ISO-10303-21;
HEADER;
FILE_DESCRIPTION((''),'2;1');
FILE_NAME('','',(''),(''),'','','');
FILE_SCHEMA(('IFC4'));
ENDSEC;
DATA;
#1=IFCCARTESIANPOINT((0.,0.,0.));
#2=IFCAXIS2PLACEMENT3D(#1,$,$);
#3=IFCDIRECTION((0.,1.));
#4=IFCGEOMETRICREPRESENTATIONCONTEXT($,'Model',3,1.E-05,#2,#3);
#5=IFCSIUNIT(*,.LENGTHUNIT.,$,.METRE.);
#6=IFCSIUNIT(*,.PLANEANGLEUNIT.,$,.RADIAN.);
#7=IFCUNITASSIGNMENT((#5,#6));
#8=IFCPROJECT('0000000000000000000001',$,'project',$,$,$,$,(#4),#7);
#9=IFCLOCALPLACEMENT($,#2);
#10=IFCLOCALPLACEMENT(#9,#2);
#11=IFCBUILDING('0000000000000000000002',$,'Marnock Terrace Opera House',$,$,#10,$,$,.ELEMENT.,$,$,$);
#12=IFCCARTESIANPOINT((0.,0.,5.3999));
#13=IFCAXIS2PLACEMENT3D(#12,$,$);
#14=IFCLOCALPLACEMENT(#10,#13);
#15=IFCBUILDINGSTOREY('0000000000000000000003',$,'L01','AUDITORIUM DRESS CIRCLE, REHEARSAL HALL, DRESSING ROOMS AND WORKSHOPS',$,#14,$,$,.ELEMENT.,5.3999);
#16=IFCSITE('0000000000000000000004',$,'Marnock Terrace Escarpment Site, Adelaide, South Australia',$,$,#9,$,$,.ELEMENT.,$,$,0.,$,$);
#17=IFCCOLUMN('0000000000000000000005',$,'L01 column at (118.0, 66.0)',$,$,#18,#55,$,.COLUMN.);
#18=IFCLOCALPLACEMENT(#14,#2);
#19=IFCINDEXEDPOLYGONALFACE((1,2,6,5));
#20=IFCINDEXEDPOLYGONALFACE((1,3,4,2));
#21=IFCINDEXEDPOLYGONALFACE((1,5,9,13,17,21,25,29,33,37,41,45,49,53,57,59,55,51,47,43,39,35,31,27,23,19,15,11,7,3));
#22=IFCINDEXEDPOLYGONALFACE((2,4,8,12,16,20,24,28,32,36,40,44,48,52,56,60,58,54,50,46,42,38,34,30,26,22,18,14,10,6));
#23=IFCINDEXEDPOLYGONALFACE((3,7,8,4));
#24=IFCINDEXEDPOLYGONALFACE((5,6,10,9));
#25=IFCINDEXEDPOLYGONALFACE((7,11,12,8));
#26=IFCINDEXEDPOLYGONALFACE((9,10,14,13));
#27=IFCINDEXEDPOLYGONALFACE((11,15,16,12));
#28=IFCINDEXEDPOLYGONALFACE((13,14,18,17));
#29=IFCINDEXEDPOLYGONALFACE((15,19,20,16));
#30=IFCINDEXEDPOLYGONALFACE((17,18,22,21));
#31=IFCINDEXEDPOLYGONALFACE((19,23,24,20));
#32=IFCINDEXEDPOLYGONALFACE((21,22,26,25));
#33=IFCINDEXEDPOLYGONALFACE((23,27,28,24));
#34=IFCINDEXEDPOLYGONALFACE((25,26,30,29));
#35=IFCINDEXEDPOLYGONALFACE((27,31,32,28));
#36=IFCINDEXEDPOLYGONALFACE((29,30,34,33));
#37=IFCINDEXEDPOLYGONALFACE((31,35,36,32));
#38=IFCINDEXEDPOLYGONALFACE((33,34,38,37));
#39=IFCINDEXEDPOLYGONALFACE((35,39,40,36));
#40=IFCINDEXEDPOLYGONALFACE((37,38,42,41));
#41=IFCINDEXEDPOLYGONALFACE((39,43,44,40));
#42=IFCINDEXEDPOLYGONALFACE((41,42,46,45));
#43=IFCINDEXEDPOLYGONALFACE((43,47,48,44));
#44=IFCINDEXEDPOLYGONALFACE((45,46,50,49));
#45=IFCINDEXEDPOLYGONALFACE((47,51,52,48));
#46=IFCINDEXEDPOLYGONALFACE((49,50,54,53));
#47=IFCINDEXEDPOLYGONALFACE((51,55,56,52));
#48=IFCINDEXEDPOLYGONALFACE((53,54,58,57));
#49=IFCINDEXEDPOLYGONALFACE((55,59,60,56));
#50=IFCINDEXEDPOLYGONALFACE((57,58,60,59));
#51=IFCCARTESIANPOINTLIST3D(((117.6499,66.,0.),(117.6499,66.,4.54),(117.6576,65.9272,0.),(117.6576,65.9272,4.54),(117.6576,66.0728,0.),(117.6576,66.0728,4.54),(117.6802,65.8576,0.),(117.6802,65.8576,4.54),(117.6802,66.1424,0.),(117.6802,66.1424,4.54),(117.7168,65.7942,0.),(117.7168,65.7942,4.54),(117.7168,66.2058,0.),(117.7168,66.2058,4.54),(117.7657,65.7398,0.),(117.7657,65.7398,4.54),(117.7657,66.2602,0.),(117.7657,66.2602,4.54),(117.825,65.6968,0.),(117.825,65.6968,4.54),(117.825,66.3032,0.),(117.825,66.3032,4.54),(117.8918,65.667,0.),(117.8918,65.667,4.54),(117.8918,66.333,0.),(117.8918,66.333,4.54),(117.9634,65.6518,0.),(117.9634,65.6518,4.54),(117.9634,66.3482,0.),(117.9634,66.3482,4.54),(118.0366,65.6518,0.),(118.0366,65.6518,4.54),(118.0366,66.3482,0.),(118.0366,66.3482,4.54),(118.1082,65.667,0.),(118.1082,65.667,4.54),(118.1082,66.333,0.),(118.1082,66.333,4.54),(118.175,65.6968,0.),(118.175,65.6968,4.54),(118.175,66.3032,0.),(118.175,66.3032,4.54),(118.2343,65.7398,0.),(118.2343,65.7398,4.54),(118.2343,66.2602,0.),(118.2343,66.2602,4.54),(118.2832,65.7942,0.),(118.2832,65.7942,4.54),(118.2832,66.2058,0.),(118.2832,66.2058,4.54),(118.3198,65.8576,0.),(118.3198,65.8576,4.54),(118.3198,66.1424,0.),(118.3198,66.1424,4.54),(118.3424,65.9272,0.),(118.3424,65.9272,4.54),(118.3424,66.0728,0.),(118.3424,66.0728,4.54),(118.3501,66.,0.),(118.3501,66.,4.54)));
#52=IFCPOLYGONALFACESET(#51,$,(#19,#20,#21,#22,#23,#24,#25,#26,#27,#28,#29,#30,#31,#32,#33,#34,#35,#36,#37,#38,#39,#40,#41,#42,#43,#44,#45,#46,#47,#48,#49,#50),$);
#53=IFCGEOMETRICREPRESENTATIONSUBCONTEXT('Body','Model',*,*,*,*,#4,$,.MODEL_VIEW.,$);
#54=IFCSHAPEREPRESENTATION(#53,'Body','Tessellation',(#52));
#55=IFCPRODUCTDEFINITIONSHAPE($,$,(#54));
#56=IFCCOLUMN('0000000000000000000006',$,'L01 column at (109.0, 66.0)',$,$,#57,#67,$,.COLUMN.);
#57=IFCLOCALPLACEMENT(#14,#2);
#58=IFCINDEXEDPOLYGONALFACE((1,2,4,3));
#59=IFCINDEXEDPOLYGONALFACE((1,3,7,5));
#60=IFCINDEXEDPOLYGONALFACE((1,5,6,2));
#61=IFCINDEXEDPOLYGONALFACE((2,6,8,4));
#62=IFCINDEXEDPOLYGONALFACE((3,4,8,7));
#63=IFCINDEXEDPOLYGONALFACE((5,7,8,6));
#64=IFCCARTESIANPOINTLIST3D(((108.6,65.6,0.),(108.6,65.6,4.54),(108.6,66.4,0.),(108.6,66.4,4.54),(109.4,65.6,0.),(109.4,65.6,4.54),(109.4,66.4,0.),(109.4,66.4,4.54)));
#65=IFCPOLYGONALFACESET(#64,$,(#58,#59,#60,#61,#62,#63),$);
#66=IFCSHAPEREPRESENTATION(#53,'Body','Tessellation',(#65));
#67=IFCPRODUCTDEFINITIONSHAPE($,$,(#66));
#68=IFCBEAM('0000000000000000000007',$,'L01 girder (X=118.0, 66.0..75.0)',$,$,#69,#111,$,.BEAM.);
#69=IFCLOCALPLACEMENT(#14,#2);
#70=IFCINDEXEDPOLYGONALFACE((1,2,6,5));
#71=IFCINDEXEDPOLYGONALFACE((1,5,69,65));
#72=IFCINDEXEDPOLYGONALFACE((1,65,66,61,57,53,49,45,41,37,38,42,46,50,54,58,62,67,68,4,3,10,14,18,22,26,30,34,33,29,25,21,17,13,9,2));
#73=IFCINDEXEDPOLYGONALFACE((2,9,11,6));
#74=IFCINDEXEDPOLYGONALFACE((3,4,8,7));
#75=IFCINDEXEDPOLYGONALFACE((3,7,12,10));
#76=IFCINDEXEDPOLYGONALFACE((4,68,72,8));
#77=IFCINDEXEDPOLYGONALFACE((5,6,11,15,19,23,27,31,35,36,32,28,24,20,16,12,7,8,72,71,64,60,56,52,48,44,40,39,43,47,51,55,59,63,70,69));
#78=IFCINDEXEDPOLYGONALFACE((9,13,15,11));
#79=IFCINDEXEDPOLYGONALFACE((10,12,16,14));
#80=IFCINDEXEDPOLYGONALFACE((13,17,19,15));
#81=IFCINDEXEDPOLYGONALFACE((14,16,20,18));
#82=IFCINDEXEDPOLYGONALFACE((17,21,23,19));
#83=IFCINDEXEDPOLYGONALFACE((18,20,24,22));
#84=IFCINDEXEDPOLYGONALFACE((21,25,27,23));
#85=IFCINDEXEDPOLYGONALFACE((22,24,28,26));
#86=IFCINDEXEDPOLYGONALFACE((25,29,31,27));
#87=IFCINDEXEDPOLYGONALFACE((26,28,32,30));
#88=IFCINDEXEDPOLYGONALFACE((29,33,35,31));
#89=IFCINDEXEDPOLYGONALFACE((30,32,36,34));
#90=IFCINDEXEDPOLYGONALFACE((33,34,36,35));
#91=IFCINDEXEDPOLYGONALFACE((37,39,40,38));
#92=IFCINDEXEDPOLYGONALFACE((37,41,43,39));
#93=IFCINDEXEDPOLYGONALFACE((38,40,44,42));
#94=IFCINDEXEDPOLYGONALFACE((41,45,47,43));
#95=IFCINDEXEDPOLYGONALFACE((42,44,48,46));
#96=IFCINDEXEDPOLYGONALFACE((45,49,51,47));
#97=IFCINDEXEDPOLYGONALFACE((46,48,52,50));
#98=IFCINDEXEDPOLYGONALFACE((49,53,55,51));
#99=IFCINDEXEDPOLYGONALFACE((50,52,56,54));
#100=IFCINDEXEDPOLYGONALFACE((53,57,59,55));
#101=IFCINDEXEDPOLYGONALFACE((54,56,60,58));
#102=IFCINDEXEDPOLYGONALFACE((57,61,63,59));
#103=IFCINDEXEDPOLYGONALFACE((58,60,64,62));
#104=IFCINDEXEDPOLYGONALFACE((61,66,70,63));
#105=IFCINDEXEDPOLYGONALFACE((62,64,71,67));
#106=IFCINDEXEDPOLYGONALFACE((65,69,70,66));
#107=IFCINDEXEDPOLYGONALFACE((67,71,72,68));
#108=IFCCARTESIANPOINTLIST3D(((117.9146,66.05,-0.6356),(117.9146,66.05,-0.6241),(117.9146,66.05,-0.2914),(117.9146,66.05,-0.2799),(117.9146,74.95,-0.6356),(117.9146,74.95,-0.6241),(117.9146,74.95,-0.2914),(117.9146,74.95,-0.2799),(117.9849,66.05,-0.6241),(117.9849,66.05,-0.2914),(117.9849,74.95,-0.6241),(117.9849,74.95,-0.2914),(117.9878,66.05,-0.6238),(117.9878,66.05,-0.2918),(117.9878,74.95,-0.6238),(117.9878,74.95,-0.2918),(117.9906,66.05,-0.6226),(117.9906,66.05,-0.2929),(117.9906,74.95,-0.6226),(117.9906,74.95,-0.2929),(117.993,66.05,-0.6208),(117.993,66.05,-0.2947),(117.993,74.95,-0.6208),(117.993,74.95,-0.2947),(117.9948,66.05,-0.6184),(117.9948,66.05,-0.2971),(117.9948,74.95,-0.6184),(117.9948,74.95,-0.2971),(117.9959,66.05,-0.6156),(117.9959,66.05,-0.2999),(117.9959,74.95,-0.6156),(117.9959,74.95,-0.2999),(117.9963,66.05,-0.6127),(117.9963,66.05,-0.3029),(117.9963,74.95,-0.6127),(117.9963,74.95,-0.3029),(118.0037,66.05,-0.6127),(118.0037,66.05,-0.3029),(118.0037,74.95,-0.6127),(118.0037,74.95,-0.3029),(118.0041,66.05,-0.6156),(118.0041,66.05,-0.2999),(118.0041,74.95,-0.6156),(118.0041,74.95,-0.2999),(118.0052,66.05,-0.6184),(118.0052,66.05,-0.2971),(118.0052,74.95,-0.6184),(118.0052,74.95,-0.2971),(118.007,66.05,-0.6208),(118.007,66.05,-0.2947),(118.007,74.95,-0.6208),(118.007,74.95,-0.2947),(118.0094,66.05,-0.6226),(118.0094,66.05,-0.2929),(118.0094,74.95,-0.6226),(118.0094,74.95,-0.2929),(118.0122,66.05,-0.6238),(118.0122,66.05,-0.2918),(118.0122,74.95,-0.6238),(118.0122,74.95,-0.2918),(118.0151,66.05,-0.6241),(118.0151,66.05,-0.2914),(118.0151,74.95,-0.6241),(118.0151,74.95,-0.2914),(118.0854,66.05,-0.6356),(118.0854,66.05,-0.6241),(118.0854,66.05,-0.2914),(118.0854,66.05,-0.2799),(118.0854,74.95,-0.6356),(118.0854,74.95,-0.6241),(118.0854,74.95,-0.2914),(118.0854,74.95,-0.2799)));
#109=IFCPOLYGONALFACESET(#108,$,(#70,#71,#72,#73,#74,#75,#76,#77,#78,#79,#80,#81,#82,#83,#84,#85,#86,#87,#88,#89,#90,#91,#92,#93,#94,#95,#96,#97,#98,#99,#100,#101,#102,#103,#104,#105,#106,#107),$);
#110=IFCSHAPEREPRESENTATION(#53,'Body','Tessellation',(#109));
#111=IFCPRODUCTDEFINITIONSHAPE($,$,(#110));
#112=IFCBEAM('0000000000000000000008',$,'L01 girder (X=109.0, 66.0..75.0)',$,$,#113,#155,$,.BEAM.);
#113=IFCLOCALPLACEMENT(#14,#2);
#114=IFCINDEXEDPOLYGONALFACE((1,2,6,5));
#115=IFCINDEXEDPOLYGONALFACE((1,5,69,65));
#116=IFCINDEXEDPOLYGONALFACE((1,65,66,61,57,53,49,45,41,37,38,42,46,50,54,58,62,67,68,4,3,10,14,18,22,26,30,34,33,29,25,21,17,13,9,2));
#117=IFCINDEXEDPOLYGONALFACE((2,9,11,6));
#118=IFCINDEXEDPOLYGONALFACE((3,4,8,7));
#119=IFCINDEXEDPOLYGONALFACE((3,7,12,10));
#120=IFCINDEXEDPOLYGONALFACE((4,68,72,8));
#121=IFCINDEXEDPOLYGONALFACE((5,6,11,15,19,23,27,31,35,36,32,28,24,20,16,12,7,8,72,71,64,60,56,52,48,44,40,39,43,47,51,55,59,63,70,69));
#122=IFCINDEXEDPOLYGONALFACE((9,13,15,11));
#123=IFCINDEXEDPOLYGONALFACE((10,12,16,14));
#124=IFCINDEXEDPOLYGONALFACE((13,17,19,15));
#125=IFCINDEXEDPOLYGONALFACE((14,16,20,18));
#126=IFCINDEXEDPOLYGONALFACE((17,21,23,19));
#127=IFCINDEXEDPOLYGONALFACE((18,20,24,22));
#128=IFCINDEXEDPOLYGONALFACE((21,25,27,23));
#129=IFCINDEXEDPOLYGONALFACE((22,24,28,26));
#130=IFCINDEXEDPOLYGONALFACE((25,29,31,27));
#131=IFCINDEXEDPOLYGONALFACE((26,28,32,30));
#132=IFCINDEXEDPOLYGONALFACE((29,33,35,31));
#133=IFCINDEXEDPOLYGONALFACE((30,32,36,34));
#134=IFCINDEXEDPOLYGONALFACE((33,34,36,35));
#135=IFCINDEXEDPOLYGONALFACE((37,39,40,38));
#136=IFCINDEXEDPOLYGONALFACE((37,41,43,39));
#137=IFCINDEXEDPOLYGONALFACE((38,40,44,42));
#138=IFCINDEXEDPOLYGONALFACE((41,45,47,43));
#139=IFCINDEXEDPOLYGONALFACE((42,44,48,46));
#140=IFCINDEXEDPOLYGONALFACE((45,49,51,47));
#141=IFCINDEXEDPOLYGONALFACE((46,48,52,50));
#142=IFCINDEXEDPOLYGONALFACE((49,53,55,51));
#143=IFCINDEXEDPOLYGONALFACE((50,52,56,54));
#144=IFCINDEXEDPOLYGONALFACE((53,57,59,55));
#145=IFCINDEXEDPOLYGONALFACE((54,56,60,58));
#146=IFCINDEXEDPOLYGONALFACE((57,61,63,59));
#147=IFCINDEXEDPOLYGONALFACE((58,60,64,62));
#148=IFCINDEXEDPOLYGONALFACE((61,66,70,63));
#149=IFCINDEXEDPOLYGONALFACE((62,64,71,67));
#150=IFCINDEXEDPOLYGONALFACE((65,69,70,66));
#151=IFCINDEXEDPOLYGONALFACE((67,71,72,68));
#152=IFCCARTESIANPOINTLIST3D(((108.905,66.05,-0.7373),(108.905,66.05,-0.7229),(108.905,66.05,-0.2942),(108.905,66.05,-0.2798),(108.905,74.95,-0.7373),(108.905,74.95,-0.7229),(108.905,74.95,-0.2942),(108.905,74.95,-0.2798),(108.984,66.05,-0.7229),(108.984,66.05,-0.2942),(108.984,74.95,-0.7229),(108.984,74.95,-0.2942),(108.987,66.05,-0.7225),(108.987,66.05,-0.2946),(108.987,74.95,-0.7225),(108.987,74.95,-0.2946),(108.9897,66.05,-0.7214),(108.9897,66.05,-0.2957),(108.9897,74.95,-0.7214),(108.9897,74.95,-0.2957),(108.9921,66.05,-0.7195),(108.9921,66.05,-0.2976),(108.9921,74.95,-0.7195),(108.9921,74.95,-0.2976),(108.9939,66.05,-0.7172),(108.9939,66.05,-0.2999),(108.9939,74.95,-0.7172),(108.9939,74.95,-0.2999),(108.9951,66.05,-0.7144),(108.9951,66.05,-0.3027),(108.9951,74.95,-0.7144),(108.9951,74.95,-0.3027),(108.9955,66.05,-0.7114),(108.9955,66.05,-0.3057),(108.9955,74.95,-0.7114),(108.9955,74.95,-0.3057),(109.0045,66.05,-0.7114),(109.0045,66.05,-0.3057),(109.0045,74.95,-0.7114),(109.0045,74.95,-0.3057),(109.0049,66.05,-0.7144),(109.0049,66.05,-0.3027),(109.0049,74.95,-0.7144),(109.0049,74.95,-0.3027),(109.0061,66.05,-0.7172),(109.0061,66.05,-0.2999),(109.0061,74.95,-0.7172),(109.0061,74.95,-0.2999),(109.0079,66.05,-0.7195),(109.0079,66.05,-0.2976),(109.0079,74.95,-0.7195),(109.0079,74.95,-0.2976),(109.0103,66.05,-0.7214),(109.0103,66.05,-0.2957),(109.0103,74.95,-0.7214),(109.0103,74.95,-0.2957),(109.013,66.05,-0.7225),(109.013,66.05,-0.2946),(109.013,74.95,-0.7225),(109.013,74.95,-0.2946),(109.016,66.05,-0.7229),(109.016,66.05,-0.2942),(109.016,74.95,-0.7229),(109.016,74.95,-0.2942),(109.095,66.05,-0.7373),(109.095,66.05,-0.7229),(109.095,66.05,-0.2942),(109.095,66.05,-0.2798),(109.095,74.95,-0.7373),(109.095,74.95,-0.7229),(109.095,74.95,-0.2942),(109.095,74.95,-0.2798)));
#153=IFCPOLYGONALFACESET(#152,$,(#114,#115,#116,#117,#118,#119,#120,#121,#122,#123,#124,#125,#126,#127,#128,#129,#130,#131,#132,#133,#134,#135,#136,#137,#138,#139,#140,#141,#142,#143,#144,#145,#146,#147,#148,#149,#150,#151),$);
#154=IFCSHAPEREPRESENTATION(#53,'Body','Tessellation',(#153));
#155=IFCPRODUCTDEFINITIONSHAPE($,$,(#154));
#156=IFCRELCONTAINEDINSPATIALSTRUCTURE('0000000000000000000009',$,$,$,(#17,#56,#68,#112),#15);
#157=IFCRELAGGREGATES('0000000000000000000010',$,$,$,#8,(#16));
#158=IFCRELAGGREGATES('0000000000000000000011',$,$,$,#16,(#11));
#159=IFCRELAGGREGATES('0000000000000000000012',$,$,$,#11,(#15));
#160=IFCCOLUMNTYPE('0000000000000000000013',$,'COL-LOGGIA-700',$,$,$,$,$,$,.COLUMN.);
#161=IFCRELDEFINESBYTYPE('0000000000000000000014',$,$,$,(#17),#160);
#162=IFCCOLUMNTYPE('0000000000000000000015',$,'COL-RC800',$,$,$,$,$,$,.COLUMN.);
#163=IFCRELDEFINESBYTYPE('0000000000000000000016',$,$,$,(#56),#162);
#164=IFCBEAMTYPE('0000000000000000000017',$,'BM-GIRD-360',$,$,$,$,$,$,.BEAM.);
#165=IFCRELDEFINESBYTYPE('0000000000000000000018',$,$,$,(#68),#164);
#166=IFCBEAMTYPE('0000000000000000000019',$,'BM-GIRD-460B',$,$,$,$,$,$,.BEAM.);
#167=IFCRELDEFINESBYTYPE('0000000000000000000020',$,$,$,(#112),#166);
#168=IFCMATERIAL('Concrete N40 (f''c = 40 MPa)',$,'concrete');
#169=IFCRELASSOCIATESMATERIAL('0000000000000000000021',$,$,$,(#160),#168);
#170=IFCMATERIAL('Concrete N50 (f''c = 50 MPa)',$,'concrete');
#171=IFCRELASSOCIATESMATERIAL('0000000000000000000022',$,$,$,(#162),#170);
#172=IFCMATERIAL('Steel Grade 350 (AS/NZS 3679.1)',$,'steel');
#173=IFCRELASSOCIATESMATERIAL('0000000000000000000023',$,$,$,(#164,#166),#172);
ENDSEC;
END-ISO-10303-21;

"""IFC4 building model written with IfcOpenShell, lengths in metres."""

from ifc_helpers import new_model, si_unit, direction, frame, origin, origin_2d, place, context, subcontext, project, spatial, rectangle, circle, i_section, extrude, material, material_profile, profile_set, type_object, element, save


model = new_model("IFC4")

# Units and contexts
model_context = context("Model", 3, precision=1e-05, world=origin(), true_north=direction((0.0, 1.0)))
body_context = subcontext(model_context, "Body", "Model", "MODEL_VIEW")
ifc_project = project(units=[si_unit("LENGTHUNIT", "METRE"), si_unit("PLANEANGLEUNIT", "RADIAN")], contexts=[model_context])

# Site, building, storey
site_placement = place(None, origin())
site = spatial("IfcSite", under=ifc_project, at=site_placement, Name="Marnock Terrace Escarpment Site, Adelaide, South Australia", CompositionType="ELEMENT", RefElevation=0.0)
building_placement = place(site_placement, origin())
building = spatial("IfcBuilding", under=site, at=building_placement, Name="Marnock Terrace Opera House", CompositionType="ELEMENT")
storey_placement = place(building_placement, frame((0.0, 0.0, 5.3999)))
storey = spatial("IfcBuildingStorey", under=building, at=storey_placement, Name="L01", Description="AUDITORIUM DRESS CIRCLE, REHEARSAL HALL, DRESSING ROOMS AND WORKSHOPS", CompositionType="ELEMENT", Elevation=5.3999)

# Columns
ifc_material_1 = material(Name="Concrete N40 (f'c = 40 MPa)", Category="concrete")
ifc_material_profile_1 = material_profile(ifc_material_1, circle(Radius=0.3501, at=origin_2d()))
ifc_profile_set_1 = profile_set([ifc_material_profile_1], Name="Concrete N40 (f'c = 40 MPa)")
column_type_1 = type_object("IfcColumnType", Name="COL-LOGGIA-700", PredefinedType="COLUMN", material=ifc_profile_set_1)
column_1_placement = place(storey_placement, frame((118.0, 66.0, 0.0), z_axis=(0.0, 0.0, 1.0), x_axis=(1.0, 0.0, 0.0)))
element("IfcColumn", 1, at=column_1_placement, inside=storey, type_object=column_type_1, Name="L01 column at (118.0, 66.0)", PredefinedType="COLUMN", context=body_context, shape_type="SweptSolid", body=[
    extrude(circle(Radius=0.3501, at=origin_2d()), origin(), (0.0, 0.0, 1.0), 4.54),
])
ifc_material_2 = material(Name="Concrete N50 (f'c = 50 MPa)", Category="concrete")
ifc_material_profile_2 = material_profile(ifc_material_2, rectangle(XDim=0.8, YDim=0.8, at=origin_2d()))
ifc_profile_set_2 = profile_set([ifc_material_profile_2], Name="Concrete N50 (f'c = 50 MPa)")
column_type_2 = type_object("IfcColumnType", Name="COL-RC800", PredefinedType="COLUMN", material=ifc_profile_set_2)
column_2_placement = place(storey_placement, frame((109.0, 66.0, 0.0), z_axis=(0.0, 0.0, 1.0), x_axis=(1.0, 0.0, 0.0)))
element("IfcColumn", 2, at=column_2_placement, inside=storey, type_object=column_type_2, Name="L01 column at (109.0, 66.0)", PredefinedType="COLUMN", context=body_context, shape_type="SweptSolid", body=[
    extrude(rectangle(XDim=0.8, YDim=0.8, at=origin_2d()), origin(), (0.0, 0.0, 1.0), 4.54),
])

# Beams
ifc_material_3 = material(Name="Steel Grade 350 (AS/NZS 3679.1)", Category="steel")
ifc_material_profile_3 = material_profile(ifc_material_3, i_section(OverallWidth=0.1709, OverallDepth=0.3557, WebThickness=0.0073, FlangeThickness=0.0115, FilletRadius=0.0115, at=origin_2d()))
ifc_profile_set_3 = profile_set([ifc_material_profile_3], Name="Steel Grade 350 (AS/NZS 3679.1)")
beam_type_1 = type_object("IfcBeamType", Name="BM-GIRD-360", PredefinedType="BEAM", material=ifc_profile_set_3)
beam_1_placement = place(storey_placement, frame((118.0, 66.05, -0.4578), z_axis=(0.0, 1.0, 0.0), x_axis=(-1.0, 0.0, 0.0)))
element("IfcBeam", 3, at=beam_1_placement, inside=storey, type_object=beam_type_1, Name="L01 girder (X=118.0, 66.0..75.0)", PredefinedType="BEAM", context=body_context, shape_type="SweptSolid", body=[
    extrude(i_section(OverallWidth=0.1709, OverallDepth=0.3557, WebThickness=0.0073, FlangeThickness=0.0115, FilletRadius=0.0115, at=origin_2d()), origin(), (0.0, 0.0, 1.0), 8.8999),
])
ifc_material_profile_4 = material_profile(ifc_material_3, i_section(OverallWidth=0.1899, OverallDepth=0.4575, WebThickness=0.009, FlangeThickness=0.0144, FilletRadius=0.0115, at=origin_2d()))
ifc_profile_set_4 = profile_set([ifc_material_profile_4], Name="Steel Grade 350 (AS/NZS 3679.1)")
beam_type_2 = type_object("IfcBeamType", Name="BM-GIRD-460B", PredefinedType="BEAM", material=ifc_profile_set_4)
beam_2_placement = place(storey_placement, frame((109.0, 66.05, -0.5085), z_axis=(0.0, 1.0, 0.0), x_axis=(-1.0, 0.0, 0.0)))
element("IfcBeam", 4, at=beam_2_placement, inside=storey, type_object=beam_type_2, Name="L01 girder (X=109.0, 66.0..75.0)", PredefinedType="BEAM", context=body_context, shape_type="SweptSolid", body=[
    extrude(i_section(OverallWidth=0.1899, OverallDepth=0.4575, WebThickness=0.009, FlangeThickness=0.0144, FilletRadius=0.0115, at=origin_2d()), origin(), (0.0, 0.0, 1.0), 8.8999),
])

save(model, "model.ifc")
